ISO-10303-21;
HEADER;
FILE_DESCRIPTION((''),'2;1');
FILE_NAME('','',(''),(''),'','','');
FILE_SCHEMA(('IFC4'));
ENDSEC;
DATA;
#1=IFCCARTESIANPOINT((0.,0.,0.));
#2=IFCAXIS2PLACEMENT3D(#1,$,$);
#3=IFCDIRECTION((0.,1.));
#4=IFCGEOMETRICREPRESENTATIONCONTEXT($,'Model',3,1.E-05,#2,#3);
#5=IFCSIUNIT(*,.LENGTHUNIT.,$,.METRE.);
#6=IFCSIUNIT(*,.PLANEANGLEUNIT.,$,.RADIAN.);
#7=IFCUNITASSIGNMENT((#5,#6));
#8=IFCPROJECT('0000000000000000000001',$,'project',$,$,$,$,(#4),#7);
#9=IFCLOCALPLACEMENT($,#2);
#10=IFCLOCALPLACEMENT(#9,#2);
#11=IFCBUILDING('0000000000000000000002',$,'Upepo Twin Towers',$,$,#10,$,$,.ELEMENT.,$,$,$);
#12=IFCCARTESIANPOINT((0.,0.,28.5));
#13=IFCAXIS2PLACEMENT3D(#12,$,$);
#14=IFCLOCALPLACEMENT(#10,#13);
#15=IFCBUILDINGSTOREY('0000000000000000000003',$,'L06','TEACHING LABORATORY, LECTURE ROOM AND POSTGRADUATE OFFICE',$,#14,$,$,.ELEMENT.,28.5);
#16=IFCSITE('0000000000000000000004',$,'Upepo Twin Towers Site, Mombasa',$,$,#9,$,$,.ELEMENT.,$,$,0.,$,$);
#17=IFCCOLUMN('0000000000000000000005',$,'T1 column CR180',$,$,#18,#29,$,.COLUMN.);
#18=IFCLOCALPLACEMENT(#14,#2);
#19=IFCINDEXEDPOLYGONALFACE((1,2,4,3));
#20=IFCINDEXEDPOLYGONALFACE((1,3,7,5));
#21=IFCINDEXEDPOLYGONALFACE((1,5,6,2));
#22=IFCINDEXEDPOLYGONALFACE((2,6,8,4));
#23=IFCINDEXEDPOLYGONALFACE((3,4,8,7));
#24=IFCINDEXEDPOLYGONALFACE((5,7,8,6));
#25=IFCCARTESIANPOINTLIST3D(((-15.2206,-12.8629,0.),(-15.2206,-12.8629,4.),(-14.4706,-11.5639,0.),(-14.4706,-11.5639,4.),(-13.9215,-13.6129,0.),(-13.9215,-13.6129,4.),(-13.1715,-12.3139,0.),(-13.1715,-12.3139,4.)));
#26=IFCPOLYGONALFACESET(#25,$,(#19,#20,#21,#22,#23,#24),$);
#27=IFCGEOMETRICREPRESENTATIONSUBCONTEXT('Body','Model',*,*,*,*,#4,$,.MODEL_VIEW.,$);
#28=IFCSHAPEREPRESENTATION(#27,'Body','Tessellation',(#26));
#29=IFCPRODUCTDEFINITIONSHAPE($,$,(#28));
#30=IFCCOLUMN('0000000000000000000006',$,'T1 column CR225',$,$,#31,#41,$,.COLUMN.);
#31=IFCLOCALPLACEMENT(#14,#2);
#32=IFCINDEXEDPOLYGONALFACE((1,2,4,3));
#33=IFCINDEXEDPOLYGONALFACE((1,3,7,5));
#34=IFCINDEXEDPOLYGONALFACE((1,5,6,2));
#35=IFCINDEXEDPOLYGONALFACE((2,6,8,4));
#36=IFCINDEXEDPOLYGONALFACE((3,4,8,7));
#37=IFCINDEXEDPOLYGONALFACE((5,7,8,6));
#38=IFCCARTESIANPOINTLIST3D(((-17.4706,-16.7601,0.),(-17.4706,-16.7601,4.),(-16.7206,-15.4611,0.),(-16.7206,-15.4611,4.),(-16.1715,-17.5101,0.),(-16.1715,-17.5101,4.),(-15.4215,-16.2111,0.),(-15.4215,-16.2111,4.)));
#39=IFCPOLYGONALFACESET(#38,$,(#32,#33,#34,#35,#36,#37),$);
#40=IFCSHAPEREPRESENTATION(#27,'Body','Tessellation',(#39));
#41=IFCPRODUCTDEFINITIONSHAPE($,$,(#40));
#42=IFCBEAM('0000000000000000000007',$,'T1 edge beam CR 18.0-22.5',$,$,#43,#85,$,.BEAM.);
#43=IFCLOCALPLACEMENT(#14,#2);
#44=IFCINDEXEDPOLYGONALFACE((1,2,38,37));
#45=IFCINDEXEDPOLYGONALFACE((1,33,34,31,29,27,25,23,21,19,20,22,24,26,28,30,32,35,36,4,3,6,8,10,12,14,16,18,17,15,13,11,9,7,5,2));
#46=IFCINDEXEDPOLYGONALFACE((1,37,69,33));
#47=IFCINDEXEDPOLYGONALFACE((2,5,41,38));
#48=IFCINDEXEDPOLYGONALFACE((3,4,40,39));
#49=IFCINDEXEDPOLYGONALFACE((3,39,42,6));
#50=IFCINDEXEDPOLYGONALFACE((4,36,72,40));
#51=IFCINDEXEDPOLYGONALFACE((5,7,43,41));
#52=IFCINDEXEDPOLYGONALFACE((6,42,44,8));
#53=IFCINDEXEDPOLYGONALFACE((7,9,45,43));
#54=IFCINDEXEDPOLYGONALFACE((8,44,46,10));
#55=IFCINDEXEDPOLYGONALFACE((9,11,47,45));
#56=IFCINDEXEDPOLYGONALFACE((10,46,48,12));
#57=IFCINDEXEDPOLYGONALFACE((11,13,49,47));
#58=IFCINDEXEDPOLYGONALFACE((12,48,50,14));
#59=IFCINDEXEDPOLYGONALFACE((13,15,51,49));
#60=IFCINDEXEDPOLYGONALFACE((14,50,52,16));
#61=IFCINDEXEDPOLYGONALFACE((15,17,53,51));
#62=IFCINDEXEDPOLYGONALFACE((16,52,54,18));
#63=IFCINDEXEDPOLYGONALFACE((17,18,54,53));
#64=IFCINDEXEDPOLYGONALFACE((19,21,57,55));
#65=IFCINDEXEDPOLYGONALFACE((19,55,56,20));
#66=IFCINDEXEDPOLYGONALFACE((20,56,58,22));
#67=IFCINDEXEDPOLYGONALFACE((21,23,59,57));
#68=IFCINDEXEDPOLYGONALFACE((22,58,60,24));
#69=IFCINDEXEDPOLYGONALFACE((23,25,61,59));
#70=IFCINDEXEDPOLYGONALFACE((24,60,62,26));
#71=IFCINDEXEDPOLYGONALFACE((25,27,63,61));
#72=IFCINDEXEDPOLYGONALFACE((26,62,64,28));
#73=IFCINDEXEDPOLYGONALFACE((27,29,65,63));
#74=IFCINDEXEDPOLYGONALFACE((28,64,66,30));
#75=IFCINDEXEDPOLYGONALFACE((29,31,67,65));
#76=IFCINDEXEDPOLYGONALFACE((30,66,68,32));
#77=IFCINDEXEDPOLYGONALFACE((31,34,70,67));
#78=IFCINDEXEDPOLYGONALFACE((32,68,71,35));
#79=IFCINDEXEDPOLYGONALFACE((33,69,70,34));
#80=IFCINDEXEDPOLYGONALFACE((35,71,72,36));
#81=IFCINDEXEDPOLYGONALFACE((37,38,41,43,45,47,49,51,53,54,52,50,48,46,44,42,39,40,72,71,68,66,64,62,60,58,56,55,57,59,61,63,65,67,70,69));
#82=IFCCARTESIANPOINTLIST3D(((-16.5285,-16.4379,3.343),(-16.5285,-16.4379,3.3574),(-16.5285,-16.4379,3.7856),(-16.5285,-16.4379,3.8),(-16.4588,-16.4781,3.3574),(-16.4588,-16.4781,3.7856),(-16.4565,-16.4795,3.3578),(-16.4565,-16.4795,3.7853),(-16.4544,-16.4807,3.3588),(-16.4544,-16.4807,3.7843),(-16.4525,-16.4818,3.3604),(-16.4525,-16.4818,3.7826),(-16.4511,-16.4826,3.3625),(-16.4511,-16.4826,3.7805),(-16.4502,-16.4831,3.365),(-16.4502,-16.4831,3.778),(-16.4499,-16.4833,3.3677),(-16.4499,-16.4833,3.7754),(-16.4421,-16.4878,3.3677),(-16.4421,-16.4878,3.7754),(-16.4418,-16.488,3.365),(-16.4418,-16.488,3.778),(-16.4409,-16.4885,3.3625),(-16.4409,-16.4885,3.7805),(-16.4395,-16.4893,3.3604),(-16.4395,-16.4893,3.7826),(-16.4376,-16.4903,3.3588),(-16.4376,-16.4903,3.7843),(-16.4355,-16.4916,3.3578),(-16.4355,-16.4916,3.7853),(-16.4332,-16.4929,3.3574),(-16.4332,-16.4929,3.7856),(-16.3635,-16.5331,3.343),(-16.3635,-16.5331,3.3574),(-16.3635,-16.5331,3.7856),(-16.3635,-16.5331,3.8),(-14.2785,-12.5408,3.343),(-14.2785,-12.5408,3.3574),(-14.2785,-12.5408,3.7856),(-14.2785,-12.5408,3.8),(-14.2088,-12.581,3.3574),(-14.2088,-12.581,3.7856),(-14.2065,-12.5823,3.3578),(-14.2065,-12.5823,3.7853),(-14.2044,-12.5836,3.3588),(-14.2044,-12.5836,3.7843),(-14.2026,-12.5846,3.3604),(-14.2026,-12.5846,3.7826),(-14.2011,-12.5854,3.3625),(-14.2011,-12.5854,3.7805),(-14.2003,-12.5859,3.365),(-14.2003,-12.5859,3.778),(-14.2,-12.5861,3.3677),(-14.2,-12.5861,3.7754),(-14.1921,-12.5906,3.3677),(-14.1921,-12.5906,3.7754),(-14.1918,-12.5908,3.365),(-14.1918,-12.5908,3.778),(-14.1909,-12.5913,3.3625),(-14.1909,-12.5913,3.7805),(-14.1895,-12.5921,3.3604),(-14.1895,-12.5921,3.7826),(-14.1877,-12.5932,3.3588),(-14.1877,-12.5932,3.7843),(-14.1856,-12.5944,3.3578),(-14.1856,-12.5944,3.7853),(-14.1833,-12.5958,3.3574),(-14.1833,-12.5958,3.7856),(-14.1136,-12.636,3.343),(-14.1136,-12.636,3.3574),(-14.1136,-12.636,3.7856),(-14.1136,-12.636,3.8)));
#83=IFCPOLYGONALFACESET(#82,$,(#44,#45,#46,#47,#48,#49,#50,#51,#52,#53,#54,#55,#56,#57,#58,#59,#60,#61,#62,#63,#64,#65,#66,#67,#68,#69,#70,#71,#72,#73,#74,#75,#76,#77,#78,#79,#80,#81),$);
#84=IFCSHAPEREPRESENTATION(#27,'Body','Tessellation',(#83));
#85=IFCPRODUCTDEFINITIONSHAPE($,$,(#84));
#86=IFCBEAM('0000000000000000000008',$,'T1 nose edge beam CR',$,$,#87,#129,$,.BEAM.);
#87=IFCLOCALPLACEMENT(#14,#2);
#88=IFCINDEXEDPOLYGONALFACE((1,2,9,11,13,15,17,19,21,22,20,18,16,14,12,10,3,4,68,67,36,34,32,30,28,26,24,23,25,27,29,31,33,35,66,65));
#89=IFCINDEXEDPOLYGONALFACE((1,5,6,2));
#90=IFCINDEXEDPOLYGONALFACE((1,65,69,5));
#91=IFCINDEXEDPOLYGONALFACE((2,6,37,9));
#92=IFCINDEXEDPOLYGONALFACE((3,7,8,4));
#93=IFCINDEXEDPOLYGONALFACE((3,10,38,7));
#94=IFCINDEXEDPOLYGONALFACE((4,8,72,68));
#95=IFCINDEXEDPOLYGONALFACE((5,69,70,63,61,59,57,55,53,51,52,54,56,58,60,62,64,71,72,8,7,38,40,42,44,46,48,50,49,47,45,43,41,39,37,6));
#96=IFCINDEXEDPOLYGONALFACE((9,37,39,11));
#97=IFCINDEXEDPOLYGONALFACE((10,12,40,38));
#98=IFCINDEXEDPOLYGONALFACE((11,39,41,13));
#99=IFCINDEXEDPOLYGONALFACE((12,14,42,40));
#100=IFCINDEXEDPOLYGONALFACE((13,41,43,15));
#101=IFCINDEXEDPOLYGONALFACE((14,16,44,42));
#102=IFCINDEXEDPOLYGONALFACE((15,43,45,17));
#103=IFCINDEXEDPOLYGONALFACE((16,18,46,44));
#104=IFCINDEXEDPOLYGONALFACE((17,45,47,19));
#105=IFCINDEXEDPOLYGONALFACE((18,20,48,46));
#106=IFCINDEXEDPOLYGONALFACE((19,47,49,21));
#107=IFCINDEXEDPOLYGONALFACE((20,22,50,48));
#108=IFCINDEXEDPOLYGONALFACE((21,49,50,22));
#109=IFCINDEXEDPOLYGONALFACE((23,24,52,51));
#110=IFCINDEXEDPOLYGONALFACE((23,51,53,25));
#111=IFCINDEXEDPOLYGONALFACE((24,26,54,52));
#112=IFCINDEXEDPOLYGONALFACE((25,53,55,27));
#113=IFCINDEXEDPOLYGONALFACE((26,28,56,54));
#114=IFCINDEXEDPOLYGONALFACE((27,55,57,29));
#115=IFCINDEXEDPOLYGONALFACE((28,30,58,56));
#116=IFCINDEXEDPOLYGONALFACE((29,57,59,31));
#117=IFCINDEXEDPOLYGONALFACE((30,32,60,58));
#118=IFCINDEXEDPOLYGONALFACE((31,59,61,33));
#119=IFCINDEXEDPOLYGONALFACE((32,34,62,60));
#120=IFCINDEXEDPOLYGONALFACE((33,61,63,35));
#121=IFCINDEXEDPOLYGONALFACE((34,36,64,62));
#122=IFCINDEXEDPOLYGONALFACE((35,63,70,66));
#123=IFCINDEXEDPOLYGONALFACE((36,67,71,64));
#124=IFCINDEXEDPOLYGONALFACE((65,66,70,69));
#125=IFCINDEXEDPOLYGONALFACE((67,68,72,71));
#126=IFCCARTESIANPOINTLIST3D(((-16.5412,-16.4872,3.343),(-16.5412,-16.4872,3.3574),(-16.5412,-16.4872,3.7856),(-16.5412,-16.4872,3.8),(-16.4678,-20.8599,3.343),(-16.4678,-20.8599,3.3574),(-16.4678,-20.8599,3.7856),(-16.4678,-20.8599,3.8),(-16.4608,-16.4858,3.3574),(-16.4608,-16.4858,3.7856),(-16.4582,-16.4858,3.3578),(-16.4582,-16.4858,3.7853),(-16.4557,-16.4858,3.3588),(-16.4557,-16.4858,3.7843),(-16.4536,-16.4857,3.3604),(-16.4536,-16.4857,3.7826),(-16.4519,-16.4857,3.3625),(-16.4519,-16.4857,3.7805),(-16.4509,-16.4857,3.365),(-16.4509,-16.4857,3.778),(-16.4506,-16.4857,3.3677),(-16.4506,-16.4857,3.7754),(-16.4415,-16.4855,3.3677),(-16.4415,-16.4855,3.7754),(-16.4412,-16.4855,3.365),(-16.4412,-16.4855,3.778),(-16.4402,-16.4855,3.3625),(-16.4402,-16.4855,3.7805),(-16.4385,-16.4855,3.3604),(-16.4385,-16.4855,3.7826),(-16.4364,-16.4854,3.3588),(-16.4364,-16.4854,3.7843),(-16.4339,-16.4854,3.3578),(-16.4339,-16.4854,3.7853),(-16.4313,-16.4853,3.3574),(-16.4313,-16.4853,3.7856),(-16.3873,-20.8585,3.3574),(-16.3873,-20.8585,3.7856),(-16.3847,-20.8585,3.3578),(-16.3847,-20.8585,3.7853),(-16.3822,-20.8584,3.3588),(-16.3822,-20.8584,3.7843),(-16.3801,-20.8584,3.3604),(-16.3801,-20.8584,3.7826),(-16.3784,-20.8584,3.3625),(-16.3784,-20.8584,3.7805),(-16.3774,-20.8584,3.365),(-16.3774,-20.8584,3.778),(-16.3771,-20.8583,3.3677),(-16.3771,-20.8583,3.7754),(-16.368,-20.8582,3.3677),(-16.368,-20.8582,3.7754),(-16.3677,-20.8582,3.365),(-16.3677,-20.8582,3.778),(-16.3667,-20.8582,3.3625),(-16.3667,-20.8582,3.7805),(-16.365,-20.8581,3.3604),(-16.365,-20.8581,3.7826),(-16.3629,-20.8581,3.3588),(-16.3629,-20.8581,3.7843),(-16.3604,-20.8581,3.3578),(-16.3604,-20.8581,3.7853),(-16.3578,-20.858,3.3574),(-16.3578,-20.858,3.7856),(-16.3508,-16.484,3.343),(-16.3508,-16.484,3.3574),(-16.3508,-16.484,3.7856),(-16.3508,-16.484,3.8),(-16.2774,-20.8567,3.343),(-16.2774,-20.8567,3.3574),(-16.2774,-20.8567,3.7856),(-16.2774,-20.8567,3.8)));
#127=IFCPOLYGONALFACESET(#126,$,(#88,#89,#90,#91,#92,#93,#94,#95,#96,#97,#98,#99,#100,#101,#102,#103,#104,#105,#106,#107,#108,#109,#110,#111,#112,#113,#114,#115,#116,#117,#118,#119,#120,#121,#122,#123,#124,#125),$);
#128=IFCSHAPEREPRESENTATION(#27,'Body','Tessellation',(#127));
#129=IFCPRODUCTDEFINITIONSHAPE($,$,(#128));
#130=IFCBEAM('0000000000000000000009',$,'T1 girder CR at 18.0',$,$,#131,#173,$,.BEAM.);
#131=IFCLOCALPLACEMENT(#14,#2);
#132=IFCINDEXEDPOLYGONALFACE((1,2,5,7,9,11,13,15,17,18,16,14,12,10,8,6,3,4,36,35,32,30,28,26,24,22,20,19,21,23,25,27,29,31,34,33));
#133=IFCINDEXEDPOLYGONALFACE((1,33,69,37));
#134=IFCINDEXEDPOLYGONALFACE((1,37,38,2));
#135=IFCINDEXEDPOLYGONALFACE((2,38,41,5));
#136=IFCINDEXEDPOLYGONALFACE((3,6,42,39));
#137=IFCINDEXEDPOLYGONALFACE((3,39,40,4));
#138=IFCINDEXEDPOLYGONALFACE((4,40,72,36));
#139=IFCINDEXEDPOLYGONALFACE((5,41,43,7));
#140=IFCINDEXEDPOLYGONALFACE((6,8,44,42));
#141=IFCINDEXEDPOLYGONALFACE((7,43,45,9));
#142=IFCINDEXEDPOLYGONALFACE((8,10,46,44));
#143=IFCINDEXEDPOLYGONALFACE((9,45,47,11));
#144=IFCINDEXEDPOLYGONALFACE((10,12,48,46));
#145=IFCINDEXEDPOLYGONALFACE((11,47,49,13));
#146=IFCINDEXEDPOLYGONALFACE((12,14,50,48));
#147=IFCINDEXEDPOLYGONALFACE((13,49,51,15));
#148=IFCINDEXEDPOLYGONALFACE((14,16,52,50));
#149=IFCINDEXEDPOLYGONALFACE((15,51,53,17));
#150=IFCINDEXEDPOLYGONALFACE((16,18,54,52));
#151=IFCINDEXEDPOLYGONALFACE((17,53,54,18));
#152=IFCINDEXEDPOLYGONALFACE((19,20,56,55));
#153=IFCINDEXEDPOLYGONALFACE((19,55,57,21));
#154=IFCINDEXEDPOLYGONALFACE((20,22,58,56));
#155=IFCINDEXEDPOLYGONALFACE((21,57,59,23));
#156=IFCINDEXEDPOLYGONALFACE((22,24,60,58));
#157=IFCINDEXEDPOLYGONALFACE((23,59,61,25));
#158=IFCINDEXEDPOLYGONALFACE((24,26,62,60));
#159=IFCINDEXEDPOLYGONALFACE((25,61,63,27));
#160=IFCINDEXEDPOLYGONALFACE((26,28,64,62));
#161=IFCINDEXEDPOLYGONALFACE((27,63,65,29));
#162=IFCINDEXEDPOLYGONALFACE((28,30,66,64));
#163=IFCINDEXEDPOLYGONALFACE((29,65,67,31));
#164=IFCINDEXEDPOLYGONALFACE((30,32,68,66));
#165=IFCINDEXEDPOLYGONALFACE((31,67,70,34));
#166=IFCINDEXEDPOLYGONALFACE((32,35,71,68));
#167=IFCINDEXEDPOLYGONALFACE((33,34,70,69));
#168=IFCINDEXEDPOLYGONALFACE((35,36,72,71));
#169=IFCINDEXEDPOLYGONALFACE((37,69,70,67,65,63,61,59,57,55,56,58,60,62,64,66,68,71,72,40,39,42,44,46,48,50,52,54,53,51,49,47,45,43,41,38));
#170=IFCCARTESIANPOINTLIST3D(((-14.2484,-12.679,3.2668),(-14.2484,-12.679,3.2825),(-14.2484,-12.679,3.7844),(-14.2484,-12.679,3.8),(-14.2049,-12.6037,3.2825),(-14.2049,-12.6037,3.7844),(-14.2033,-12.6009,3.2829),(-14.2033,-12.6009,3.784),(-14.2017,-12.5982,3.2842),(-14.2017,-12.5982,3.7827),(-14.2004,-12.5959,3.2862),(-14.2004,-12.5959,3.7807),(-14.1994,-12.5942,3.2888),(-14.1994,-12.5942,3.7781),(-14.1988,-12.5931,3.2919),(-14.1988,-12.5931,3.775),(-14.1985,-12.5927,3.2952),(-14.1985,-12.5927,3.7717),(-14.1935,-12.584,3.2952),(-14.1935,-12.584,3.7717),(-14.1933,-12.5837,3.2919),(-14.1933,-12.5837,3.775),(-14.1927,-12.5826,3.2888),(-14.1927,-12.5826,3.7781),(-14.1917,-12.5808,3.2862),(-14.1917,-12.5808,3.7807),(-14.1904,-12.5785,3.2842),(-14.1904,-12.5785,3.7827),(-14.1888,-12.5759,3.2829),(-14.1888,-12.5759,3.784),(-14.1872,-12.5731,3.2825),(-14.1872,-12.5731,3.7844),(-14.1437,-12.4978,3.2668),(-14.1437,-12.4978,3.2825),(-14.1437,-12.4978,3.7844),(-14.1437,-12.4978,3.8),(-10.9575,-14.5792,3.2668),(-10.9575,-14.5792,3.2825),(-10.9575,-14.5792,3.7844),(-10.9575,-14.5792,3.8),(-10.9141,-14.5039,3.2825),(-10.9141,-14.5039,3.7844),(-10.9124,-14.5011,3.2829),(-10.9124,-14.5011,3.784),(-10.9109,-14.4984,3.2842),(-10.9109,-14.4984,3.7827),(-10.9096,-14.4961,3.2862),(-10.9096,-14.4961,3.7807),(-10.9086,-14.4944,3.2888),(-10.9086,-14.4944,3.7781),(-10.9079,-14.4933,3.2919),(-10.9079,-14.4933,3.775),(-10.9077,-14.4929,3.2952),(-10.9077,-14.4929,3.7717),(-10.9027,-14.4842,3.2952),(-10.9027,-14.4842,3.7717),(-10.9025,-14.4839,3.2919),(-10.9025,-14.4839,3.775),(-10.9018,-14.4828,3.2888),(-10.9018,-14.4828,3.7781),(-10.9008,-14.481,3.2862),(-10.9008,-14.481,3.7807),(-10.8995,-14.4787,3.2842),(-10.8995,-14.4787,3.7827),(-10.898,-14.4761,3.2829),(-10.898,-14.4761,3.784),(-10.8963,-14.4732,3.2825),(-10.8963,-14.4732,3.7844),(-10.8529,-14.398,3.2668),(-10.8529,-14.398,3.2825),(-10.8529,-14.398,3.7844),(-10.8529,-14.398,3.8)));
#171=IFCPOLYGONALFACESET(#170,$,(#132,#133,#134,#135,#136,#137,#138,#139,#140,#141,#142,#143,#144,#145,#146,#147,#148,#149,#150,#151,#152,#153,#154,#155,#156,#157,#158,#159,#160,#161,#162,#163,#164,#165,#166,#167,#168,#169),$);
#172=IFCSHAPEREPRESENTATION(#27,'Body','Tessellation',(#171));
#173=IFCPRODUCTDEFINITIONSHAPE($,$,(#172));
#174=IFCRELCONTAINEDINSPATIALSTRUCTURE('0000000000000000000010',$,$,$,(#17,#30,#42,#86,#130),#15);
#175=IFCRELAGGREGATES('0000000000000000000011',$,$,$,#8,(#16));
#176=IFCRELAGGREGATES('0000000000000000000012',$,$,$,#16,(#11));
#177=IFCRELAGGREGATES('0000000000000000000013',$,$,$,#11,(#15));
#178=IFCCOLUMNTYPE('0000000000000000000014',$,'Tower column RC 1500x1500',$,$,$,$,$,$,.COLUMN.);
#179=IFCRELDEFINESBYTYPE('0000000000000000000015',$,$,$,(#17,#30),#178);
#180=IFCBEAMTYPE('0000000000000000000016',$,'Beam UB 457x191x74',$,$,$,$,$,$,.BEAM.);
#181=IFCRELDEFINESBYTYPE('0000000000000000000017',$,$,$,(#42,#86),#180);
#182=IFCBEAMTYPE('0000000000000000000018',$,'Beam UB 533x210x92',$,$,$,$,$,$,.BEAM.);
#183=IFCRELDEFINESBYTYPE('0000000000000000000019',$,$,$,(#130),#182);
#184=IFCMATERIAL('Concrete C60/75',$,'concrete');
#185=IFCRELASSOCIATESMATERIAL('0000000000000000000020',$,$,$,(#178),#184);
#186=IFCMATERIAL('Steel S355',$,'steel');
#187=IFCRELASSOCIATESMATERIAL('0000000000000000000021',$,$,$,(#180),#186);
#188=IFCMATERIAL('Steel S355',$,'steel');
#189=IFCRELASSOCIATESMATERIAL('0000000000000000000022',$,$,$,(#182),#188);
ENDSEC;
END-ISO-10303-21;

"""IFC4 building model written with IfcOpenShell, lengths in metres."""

from ifc_helpers import new_model, si_unit, direction, frame, origin, origin_2d, place, context, subcontext, project, spatial, rectangle, i_section, extrude, material, material_profile, profile_set, type_object, element, save


model = new_model("IFC4")

# Units and contexts
model_context = context("Model", 3, precision=1e-05, world=origin(), true_north=direction((0.0, 1.0)))
body_context = subcontext(model_context, "Body", "Model", "MODEL_VIEW")
ifc_project = project(units=[si_unit("LENGTHUNIT", "METRE"), si_unit("PLANEANGLEUNIT", "RADIAN")], contexts=[model_context])

# Site, building, storey
site_placement = place(None, origin())
site = spatial("IfcSite", under=ifc_project, at=site_placement, Name="Upepo Twin Towers Site, Mombasa", CompositionType="ELEMENT", RefElevation=0.0)
building_placement = place(site_placement, origin())
building = spatial("IfcBuilding", under=site, at=building_placement, Name="Upepo Twin Towers", CompositionType="ELEMENT")
storey_placement = place(building_placement, frame((0.0, 0.0, 28.5)))
storey = spatial("IfcBuildingStorey", under=building, at=storey_placement, Name="L06", Description="TEACHING LABORATORY, LECTURE ROOM AND POSTGRADUATE OFFICE", CompositionType="ELEMENT", Elevation=28.5)

# Columns
ifc_material_1 = material(Name="Concrete C60/75", Category="concrete")
ifc_material_profile_1 = material_profile(ifc_material_1, rectangle(XDim=1.5, YDim=1.5, at=origin_2d()), Name="RC 1500x1500")
ifc_profile_set_1 = profile_set([ifc_material_profile_1], Name="Concrete C60/75")
column_type = type_object("IfcColumnType", Name="Tower column RC 1500x1500", PredefinedType="COLUMN", material=ifc_profile_set_1)
for number, where, z_axis, x_axis, name in (
    (1, (-14.196, -12.5884, 0.0), (0.0, 0.0, 1.0), (0.5, 0.866025, 0.0), "T1 column CR180"),
    (2, (-16.446, -16.4856, 0.0), (0.0, 0.0, 1.0), (0.5, 0.866025, 0.0), "T1 column CR225"),
):
    element("IfcColumn", number, at=place(storey_placement, frame(where, z_axis=z_axis, x_axis=x_axis)), inside=storey, type_object=column_type, Name=name, PredefinedType="COLUMN", context=body_context, shape_type="SweptSolid", body=[
        extrude(rectangle(XDim=1.5, YDim=1.5, at=origin_2d()), origin(), (0.0, 0.0, 1.0), 4.0),
    ])

# Beams
ifc_material_2 = material(Name="Steel S355", Category="steel")
ifc_material_profile_2 = material_profile(ifc_material_2, i_section(OverallWidth=0.1904, OverallDepth=0.457, WebThickness=0.009, FlangeThickness=0.0144, FilletRadius=0.0103, at=origin_2d()), Name="UB 457x191x74")
ifc_profile_set_2 = profile_set([ifc_material_profile_2], Name="Steel S355")
beam_type_1 = type_object("IfcBeamType", Name="Beam UB 457x191x74", PredefinedType="BEAM", material=ifc_profile_set_2)
beam_1_placement = place(storey_placement, frame((-14.196, -12.5884, 3.5715), z_axis=(-0.49999, -0.866031, 0.0), x_axis=(0.866031, -0.49999, 0.0)))
element("IfcBeam", 3, at=beam_1_placement, inside=storey, type_object=beam_type_1, Name="T1 edge beam CR 18.0-22.5", PredefinedType="BEAM", context=body_context, shape_type="SweptSolid", body=[
    extrude(i_section(OverallWidth=0.1904, OverallDepth=0.457, WebThickness=0.009, FlangeThickness=0.0144, FilletRadius=0.0103, at=origin_2d()), origin(), (0.0, 0.0, 1.0), 4.5),
])
beam_2_placement = place(storey_placement, frame((-16.446, -16.4856, 3.5715), z_axis=(0.016804, -0.999859, 0.0), x_axis=(0.999859, 0.016804, 0.0)))
element("IfcBeam", 4, at=beam_2_placement, inside=storey, type_object=beam_type_1, Name="T1 nose edge beam CR", PredefinedType="BEAM", context=body_context, shape_type="SweptSolid", body=[
    extrude(i_section(OverallWidth=0.1904, OverallDepth=0.457, WebThickness=0.009, FlangeThickness=0.0144, FilletRadius=0.0103, at=origin_2d()), origin(), (0.0, 0.0, 1.0), 4.3733),
])
ifc_material_3 = material(Name="Steel S355", Category="steel")
ifc_material_profile_3 = material_profile(ifc_material_3, i_section(OverallWidth=0.2092, OverallDepth=0.5332, WebThickness=0.01, FlangeThickness=0.0156, FilletRadius=0.0127, at=origin_2d()), Name="UB 533x210x92")
ifc_profile_set_3 = profile_set([ifc_material_profile_3], Name="Steel S355")
beam_type_2 = type_object("IfcBeamType", Name="Beam UB 533x210x92", PredefinedType="BEAM", material=ifc_profile_set_3)
beam_3_placement = place(storey_placement, frame((-14.196, -12.5884, 3.5334), z_axis=(0.866, -0.500043, 0.0), x_axis=(0.500043, 0.866, 0.0)))
element("IfcBeam", 5, at=beam_3_placement, inside=storey, type_object=beam_type_2, Name="T1 girder CR at 18.0", PredefinedType="BEAM", context=body_context, shape_type="SweptSolid", body=[
    extrude(i_section(OverallWidth=0.2092, OverallDepth=0.5332, WebThickness=0.01, FlangeThickness=0.0156, FilletRadius=0.0127, at=origin_2d()), origin(), (0.0, 0.0, 1.0), 3.8),
])

save(model, "model.ifc")
